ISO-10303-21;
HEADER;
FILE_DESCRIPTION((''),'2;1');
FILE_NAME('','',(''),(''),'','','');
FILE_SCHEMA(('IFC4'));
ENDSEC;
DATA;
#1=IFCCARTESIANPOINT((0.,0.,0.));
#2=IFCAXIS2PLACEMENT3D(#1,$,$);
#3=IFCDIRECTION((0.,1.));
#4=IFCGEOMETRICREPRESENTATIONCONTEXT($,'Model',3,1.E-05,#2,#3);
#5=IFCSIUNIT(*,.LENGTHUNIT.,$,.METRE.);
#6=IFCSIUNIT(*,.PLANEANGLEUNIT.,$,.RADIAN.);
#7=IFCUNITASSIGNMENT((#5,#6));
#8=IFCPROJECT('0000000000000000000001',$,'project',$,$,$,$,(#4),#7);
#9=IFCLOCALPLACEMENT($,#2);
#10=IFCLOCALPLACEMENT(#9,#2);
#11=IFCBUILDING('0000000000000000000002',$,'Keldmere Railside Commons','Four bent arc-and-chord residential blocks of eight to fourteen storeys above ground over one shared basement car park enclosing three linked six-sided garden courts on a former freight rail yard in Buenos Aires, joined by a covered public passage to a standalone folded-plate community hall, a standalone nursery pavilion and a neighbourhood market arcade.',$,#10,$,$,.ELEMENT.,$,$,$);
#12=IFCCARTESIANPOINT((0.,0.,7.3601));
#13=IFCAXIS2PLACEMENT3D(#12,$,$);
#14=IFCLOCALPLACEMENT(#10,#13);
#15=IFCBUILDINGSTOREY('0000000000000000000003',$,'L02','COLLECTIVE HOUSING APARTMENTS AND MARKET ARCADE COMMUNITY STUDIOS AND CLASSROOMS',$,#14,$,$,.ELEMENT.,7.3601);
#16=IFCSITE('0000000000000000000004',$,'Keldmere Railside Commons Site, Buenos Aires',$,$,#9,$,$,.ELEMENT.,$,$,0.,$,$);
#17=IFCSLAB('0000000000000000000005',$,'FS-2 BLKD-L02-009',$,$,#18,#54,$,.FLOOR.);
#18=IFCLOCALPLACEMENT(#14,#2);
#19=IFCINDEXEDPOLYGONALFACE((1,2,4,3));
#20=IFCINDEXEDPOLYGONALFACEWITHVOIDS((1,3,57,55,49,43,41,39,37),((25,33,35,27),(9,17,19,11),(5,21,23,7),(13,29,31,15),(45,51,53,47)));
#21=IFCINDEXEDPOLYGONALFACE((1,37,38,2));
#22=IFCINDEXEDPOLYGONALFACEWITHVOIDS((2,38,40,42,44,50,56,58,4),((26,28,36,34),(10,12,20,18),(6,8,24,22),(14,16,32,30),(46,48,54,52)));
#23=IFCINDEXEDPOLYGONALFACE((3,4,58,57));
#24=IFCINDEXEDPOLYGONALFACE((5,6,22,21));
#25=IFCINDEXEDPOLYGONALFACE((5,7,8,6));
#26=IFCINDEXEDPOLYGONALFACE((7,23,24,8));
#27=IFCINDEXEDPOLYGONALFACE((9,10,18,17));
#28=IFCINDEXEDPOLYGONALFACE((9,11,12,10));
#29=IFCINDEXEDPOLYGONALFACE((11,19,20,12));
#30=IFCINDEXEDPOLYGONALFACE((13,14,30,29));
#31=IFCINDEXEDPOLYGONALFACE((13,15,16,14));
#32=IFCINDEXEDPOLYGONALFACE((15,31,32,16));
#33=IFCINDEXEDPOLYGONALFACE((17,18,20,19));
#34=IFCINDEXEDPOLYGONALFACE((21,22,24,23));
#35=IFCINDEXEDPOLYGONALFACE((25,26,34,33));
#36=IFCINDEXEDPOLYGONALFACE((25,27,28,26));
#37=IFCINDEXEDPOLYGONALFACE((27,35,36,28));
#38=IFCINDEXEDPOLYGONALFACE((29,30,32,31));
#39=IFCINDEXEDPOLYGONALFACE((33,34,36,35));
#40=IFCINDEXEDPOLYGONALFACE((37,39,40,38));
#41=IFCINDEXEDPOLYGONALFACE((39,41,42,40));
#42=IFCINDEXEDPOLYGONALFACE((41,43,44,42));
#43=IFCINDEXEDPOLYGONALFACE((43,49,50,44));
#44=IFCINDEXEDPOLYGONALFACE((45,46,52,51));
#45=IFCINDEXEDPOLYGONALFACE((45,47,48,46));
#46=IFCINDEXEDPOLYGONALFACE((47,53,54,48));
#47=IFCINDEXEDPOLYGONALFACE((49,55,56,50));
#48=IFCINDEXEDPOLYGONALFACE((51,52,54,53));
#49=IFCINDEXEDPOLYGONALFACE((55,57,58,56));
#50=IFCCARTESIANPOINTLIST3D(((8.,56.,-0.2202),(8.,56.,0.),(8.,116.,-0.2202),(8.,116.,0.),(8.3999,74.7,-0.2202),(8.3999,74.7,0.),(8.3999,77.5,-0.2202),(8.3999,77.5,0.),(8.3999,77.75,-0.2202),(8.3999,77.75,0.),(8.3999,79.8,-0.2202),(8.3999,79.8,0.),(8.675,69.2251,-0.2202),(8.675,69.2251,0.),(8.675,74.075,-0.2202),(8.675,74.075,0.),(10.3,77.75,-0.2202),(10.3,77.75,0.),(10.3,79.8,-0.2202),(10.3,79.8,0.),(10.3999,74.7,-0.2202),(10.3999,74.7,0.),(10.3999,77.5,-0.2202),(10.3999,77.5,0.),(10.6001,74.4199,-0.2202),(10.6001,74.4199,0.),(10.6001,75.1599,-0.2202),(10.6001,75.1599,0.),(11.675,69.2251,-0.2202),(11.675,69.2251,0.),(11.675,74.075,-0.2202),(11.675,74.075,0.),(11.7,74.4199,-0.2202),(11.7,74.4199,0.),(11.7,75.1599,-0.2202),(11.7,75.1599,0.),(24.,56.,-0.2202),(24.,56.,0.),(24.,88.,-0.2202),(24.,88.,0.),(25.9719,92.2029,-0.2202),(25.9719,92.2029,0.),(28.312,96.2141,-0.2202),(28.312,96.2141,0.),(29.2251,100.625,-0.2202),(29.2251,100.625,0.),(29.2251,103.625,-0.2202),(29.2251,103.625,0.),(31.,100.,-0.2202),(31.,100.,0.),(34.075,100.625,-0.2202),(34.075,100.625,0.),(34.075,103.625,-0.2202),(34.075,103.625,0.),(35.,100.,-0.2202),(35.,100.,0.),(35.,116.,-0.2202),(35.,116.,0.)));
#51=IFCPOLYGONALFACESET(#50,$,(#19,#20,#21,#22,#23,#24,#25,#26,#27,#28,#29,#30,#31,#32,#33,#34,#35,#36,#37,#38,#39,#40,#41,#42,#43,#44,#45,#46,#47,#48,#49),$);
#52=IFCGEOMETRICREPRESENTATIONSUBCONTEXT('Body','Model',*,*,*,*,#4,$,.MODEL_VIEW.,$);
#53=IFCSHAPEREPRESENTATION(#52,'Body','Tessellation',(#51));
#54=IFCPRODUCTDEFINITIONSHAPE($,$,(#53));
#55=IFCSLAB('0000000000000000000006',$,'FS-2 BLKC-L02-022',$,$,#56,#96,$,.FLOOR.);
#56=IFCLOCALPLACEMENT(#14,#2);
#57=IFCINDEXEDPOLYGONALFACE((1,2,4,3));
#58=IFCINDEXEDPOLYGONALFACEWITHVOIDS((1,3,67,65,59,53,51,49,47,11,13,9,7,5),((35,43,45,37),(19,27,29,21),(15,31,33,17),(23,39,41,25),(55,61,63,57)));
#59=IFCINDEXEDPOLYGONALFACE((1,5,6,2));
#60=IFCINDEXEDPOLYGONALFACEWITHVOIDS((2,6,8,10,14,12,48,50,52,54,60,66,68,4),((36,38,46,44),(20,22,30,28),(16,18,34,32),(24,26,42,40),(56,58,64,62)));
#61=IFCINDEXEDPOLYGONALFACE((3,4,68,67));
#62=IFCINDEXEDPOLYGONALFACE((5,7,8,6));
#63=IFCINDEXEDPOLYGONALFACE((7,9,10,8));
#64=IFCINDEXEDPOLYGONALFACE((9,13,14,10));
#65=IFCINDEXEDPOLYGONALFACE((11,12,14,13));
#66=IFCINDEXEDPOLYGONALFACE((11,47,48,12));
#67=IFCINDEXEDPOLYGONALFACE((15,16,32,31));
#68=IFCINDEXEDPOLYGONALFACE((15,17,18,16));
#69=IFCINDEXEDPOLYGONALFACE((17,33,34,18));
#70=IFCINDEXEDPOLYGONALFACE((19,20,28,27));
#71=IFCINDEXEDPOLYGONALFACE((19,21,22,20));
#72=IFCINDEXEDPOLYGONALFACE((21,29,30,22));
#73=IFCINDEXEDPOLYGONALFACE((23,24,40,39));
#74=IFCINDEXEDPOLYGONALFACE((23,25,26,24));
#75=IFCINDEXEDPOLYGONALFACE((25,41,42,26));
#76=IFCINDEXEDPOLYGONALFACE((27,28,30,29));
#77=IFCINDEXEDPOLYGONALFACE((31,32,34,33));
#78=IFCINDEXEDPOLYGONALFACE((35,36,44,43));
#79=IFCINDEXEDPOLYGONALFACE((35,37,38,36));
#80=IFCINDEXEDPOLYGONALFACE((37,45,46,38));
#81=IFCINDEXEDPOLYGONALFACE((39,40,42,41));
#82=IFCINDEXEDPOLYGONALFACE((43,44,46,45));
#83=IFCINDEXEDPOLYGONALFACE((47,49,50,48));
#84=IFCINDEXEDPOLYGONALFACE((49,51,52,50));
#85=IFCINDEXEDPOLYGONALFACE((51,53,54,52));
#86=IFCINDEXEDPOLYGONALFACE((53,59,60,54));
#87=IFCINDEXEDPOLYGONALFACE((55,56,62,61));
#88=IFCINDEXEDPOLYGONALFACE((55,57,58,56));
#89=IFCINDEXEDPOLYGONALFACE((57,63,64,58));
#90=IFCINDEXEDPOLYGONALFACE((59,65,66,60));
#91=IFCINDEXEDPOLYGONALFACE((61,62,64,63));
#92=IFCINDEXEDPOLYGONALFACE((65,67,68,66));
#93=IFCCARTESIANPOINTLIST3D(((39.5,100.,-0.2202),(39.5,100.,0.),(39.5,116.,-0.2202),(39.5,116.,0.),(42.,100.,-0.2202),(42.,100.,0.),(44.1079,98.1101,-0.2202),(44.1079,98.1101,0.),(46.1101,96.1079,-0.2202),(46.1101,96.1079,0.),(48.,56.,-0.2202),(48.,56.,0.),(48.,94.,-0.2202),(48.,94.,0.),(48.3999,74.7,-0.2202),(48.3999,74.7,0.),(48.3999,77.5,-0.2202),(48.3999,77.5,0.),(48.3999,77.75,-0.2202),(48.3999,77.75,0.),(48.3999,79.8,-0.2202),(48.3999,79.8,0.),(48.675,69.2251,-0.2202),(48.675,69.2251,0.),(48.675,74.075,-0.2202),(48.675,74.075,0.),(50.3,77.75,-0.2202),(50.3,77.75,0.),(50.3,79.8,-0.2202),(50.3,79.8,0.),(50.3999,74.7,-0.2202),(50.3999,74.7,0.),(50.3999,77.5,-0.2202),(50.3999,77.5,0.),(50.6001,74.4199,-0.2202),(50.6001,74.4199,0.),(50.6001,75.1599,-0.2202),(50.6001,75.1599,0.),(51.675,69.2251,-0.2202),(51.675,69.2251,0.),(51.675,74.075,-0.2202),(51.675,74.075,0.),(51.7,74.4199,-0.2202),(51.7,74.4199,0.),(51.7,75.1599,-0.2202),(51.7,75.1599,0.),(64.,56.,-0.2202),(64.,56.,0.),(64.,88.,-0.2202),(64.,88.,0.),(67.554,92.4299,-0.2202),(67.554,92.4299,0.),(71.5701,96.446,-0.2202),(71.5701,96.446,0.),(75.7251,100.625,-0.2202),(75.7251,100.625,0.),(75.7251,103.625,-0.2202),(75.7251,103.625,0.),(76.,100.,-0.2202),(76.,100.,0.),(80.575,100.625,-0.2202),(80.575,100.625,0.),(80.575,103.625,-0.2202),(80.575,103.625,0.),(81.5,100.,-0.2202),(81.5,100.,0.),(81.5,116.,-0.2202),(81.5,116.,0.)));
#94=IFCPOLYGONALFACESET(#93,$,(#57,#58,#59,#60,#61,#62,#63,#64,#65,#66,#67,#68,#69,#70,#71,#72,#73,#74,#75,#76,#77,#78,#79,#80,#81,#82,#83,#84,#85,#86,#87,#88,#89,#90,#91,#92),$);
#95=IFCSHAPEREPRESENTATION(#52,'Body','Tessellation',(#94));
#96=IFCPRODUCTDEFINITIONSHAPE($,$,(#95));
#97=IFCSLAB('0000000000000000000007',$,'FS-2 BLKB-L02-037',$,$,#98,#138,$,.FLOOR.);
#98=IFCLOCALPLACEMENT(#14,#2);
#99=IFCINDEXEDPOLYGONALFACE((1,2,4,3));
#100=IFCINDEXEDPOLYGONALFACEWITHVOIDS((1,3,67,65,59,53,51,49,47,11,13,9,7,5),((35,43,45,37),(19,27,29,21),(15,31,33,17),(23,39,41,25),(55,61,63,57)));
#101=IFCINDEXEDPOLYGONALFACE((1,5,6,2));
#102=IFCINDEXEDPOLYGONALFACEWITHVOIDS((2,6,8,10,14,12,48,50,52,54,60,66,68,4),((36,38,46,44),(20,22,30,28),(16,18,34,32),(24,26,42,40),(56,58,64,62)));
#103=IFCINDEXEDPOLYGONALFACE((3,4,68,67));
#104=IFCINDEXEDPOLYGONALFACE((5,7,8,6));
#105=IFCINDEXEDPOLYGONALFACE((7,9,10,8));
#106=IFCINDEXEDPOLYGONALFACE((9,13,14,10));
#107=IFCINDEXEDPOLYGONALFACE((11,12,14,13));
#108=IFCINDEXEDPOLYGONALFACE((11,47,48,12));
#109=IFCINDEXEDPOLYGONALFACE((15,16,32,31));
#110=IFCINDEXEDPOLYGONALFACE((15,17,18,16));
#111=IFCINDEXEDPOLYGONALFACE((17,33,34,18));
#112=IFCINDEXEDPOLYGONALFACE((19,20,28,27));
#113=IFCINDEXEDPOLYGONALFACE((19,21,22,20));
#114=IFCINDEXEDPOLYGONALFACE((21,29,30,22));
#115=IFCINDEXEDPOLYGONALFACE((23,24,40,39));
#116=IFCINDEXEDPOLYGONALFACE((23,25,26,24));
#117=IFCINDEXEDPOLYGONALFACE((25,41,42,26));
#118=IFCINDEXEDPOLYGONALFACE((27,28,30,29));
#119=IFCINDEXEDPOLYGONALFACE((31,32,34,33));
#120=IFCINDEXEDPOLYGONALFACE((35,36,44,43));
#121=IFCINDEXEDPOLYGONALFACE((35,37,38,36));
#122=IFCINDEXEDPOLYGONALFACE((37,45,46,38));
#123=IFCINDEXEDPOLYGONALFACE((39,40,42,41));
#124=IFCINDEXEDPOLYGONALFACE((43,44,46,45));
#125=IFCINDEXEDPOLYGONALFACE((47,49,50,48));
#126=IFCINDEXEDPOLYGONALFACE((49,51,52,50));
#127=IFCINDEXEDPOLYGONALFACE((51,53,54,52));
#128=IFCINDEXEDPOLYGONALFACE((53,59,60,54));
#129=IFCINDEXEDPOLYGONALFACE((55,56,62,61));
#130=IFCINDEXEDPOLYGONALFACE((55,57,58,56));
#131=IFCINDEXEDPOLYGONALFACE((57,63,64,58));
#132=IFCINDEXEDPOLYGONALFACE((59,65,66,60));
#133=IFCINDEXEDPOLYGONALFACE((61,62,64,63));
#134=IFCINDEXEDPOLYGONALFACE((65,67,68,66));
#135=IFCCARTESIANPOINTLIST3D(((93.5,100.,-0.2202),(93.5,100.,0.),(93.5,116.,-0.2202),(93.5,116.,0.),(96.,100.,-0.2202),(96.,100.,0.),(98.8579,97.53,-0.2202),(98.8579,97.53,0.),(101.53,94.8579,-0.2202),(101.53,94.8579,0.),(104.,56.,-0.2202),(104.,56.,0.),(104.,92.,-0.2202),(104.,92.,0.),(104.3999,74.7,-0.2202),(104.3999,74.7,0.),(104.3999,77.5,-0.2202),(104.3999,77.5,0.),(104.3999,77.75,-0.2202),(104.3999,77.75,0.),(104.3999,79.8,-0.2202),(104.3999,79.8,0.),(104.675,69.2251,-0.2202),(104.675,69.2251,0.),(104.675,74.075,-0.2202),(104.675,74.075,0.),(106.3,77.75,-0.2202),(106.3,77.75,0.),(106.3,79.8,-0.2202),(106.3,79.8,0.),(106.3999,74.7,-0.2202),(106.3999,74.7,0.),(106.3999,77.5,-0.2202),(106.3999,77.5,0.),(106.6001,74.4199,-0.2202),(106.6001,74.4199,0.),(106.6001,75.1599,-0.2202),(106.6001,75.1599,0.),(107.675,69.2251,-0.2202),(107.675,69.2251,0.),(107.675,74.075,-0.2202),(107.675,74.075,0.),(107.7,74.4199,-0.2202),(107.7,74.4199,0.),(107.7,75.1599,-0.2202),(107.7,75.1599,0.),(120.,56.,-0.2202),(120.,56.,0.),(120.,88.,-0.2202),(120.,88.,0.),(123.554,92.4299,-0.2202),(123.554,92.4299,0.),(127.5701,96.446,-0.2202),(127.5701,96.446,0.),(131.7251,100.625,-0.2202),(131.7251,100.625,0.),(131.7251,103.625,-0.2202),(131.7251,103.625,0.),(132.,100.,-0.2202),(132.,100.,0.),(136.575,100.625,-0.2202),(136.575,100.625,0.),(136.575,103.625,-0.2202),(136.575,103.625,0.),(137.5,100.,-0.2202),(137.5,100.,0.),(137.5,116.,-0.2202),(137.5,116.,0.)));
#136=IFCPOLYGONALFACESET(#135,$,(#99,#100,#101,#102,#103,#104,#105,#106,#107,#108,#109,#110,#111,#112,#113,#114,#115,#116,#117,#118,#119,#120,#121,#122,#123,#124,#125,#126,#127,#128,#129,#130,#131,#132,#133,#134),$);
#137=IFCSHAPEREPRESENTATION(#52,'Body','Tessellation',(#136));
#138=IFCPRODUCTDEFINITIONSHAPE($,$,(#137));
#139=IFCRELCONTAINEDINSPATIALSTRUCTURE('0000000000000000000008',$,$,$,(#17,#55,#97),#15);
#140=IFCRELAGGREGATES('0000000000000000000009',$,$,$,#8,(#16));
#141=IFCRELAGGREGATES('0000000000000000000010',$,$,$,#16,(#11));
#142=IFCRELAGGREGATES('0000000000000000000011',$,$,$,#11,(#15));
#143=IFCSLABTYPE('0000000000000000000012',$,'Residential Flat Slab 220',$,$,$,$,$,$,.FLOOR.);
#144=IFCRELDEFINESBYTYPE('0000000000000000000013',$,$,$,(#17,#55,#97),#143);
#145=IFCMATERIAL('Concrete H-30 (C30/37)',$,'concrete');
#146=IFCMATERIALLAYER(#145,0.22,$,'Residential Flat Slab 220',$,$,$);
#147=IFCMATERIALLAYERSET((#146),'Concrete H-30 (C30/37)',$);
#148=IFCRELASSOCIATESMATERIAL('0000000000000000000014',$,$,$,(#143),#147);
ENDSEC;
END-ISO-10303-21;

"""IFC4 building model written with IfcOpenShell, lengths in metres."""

from ifc_helpers import new_model, si_unit, direction, frame, origin, place, context, subcontext, project, spatial, polyline, outline, extrude, material, layer, layer_set, type_object, element, save


model = new_model("IFC4")

# Units and contexts
model_context = context("Model", 3, precision=1e-05, world=origin(), true_north=direction((0.0, 1.0)))
body_context = subcontext(model_context, "Body", "Model", "MODEL_VIEW")
ifc_project = project(units=[si_unit("LENGTHUNIT", "METRE"), si_unit("PLANEANGLEUNIT", "RADIAN")], contexts=[model_context])

# Site, building, storey
site_placement = place(None, origin())
site = spatial("IfcSite", under=ifc_project, at=site_placement, Name="Keldmere Railside Commons Site, Buenos Aires", CompositionType="ELEMENT", RefElevation=0.0)
building_placement = place(site_placement, origin())
building = spatial("IfcBuilding", under=site, at=building_placement, Name="Keldmere Railside Commons", Description="Four bent arc-and-chord residential blocks of eight to fourteen storeys above ground over one shared basement car park enclosing three linked six-sided garden courts on a former freight rail yard in Buenos Aires, joined by a covered public passage to a standalone folded-plate community hall, a standalone nursery pavilion and a neighbourhood market arcade.", CompositionType="ELEMENT")
storey_placement = place(building_placement, frame((0.0, 0.0, 7.3601)))
storey = spatial("IfcBuildingStorey", under=building, at=storey_placement, Name="L02", Description="COLLECTIVE HOUSING APARTMENTS AND MARKET ARCADE COMMUNITY STUDIOS AND CLASSROOMS", CompositionType="ELEMENT", Elevation=7.3601)

# Slabs
ifc_material_1 = material(Name="Concrete H-30 (C30/37)", Category="concrete")
ifc_layer_1 = layer(ifc_material_1, 0.22, Name="Residential Flat Slab 220")
ifc_layer_set_1 = layer_set([ifc_layer_1], Name="Concrete H-30 (C30/37)")
slab_type_1 = type_object("IfcSlabType", Name="Residential Flat Slab 220", PredefinedType="FLOOR", material=ifc_layer_set_1)
slab_1_placement = place(storey_placement, frame((0.0, 0.0, -0.2202)))
element("IfcSlab", 1, at=slab_1_placement, inside=storey, type_object=slab_type_1, Name="FS-2 BLKD-L02-009", PredefinedType="FLOOR", context=body_context, shape_type="SweptSolid", body=[
    extrude(outline(polyline([(8.0, 56.0), (24.0, 56.0), (24.0, 88.0), (25.9719, 92.2029), (28.312, 96.2141), (31.0, 100.0), (35.0, 100.0), (35.0, 116.0), (8.0, 116.0), (8.0, 56.0)]), holes=[polyline([(11.675, 69.2251), (8.675, 69.2251), (8.675, 74.075), (11.675, 74.075), (11.675, 69.2251)]), polyline([(11.7, 74.4199), (10.6001, 74.4199), (10.6001, 75.1599), (11.7, 75.1599), (11.7, 74.4199)]), polyline([(8.3999, 74.7), (8.3999, 77.5), (10.3999, 77.5), (10.3999, 74.7), (8.3999, 74.7)]), polyline([(8.3999, 77.75), (8.3999, 79.8), (10.3, 79.8), (10.3, 77.75), (8.3999, 77.75)]), polyline([(29.2251, 103.625), (34.075, 103.625), (34.075, 100.625), (29.2251, 100.625), (29.2251, 103.625)])]), origin(), (0.0, 0.0, 1.0), 0.2202),
])
slab_2_placement = place(storey_placement, frame((0.0, 0.0, -0.2202)))
element("IfcSlab", 2, at=slab_2_placement, inside=storey, type_object=slab_type_1, Name="FS-2 BLKC-L02-022", PredefinedType="FLOOR", context=body_context, shape_type="SweptSolid", body=[
    extrude(outline(polyline([(48.0, 56.0), (64.0, 56.0), (64.0, 88.0), (67.554, 92.4299), (71.5701, 96.446), (76.0, 100.0), (81.5, 100.0), (81.5, 116.0), (39.5, 116.0), (39.5, 100.0), (42.0, 100.0), (44.1079, 98.1101), (46.1101, 96.1079), (48.0, 94.0), (48.0, 56.0)]), holes=[polyline([(51.675, 69.2251), (48.675, 69.2251), (48.675, 74.075), (51.675, 74.075), (51.675, 69.2251)]), polyline([(50.6001, 74.4199), (50.6001, 75.1599), (51.7, 75.1599), (51.7, 74.4199), (50.6001, 74.4199)]), polyline([(50.3999, 74.7), (48.3999, 74.7), (48.3999, 77.5), (50.3999, 77.5), (50.3999, 74.7)]), polyline([(50.3, 77.75), (48.3999, 77.75), (48.3999, 79.8), (50.3, 79.8), (50.3, 77.75)]), polyline([(75.7251, 100.625), (75.7251, 103.625), (80.575, 103.625), (80.575, 100.625), (75.7251, 100.625)])]), origin(), (0.0, 0.0, 1.0), 0.2202),
])
slab_3_placement = place(storey_placement, frame((0.0, 0.0, -0.2202)))
element("IfcSlab", 3, at=slab_3_placement, inside=storey, type_object=slab_type_1, Name="FS-2 BLKB-L02-037", PredefinedType="FLOOR", context=body_context, shape_type="SweptSolid", body=[
    extrude(outline(polyline([(104.0, 56.0), (120.0, 56.0), (120.0, 88.0), (123.554, 92.4299), (127.5701, 96.446), (132.0, 100.0), (137.5, 100.0), (137.5, 116.0), (93.5, 116.0), (93.5, 100.0), (96.0, 100.0), (98.8579, 97.53), (101.53, 94.8579), (104.0, 92.0), (104.0, 56.0)]), holes=[polyline([(104.3999, 74.7), (104.3999, 77.5), (106.3999, 77.5), (106.3999, 74.7), (104.3999, 74.7)]), polyline([(104.3999, 77.75), (104.3999, 79.8), (106.3, 79.8), (106.3, 77.75), (104.3999, 77.75)]), polyline([(104.675, 69.2251), (104.675, 74.075), (107.675, 74.075), (107.675, 69.2251), (104.675, 69.2251)]), polyline([(107.7, 74.4199), (106.6001, 74.4199), (106.6001, 75.1599), (107.7, 75.1599), (107.7, 74.4199)]), polyline([(131.7251, 103.625), (136.575, 103.625), (136.575, 100.625), (131.7251, 100.625), (131.7251, 103.625)])]), origin(), (0.0, 0.0, 1.0), 0.2202),
])

save(model, "model.ifc")
